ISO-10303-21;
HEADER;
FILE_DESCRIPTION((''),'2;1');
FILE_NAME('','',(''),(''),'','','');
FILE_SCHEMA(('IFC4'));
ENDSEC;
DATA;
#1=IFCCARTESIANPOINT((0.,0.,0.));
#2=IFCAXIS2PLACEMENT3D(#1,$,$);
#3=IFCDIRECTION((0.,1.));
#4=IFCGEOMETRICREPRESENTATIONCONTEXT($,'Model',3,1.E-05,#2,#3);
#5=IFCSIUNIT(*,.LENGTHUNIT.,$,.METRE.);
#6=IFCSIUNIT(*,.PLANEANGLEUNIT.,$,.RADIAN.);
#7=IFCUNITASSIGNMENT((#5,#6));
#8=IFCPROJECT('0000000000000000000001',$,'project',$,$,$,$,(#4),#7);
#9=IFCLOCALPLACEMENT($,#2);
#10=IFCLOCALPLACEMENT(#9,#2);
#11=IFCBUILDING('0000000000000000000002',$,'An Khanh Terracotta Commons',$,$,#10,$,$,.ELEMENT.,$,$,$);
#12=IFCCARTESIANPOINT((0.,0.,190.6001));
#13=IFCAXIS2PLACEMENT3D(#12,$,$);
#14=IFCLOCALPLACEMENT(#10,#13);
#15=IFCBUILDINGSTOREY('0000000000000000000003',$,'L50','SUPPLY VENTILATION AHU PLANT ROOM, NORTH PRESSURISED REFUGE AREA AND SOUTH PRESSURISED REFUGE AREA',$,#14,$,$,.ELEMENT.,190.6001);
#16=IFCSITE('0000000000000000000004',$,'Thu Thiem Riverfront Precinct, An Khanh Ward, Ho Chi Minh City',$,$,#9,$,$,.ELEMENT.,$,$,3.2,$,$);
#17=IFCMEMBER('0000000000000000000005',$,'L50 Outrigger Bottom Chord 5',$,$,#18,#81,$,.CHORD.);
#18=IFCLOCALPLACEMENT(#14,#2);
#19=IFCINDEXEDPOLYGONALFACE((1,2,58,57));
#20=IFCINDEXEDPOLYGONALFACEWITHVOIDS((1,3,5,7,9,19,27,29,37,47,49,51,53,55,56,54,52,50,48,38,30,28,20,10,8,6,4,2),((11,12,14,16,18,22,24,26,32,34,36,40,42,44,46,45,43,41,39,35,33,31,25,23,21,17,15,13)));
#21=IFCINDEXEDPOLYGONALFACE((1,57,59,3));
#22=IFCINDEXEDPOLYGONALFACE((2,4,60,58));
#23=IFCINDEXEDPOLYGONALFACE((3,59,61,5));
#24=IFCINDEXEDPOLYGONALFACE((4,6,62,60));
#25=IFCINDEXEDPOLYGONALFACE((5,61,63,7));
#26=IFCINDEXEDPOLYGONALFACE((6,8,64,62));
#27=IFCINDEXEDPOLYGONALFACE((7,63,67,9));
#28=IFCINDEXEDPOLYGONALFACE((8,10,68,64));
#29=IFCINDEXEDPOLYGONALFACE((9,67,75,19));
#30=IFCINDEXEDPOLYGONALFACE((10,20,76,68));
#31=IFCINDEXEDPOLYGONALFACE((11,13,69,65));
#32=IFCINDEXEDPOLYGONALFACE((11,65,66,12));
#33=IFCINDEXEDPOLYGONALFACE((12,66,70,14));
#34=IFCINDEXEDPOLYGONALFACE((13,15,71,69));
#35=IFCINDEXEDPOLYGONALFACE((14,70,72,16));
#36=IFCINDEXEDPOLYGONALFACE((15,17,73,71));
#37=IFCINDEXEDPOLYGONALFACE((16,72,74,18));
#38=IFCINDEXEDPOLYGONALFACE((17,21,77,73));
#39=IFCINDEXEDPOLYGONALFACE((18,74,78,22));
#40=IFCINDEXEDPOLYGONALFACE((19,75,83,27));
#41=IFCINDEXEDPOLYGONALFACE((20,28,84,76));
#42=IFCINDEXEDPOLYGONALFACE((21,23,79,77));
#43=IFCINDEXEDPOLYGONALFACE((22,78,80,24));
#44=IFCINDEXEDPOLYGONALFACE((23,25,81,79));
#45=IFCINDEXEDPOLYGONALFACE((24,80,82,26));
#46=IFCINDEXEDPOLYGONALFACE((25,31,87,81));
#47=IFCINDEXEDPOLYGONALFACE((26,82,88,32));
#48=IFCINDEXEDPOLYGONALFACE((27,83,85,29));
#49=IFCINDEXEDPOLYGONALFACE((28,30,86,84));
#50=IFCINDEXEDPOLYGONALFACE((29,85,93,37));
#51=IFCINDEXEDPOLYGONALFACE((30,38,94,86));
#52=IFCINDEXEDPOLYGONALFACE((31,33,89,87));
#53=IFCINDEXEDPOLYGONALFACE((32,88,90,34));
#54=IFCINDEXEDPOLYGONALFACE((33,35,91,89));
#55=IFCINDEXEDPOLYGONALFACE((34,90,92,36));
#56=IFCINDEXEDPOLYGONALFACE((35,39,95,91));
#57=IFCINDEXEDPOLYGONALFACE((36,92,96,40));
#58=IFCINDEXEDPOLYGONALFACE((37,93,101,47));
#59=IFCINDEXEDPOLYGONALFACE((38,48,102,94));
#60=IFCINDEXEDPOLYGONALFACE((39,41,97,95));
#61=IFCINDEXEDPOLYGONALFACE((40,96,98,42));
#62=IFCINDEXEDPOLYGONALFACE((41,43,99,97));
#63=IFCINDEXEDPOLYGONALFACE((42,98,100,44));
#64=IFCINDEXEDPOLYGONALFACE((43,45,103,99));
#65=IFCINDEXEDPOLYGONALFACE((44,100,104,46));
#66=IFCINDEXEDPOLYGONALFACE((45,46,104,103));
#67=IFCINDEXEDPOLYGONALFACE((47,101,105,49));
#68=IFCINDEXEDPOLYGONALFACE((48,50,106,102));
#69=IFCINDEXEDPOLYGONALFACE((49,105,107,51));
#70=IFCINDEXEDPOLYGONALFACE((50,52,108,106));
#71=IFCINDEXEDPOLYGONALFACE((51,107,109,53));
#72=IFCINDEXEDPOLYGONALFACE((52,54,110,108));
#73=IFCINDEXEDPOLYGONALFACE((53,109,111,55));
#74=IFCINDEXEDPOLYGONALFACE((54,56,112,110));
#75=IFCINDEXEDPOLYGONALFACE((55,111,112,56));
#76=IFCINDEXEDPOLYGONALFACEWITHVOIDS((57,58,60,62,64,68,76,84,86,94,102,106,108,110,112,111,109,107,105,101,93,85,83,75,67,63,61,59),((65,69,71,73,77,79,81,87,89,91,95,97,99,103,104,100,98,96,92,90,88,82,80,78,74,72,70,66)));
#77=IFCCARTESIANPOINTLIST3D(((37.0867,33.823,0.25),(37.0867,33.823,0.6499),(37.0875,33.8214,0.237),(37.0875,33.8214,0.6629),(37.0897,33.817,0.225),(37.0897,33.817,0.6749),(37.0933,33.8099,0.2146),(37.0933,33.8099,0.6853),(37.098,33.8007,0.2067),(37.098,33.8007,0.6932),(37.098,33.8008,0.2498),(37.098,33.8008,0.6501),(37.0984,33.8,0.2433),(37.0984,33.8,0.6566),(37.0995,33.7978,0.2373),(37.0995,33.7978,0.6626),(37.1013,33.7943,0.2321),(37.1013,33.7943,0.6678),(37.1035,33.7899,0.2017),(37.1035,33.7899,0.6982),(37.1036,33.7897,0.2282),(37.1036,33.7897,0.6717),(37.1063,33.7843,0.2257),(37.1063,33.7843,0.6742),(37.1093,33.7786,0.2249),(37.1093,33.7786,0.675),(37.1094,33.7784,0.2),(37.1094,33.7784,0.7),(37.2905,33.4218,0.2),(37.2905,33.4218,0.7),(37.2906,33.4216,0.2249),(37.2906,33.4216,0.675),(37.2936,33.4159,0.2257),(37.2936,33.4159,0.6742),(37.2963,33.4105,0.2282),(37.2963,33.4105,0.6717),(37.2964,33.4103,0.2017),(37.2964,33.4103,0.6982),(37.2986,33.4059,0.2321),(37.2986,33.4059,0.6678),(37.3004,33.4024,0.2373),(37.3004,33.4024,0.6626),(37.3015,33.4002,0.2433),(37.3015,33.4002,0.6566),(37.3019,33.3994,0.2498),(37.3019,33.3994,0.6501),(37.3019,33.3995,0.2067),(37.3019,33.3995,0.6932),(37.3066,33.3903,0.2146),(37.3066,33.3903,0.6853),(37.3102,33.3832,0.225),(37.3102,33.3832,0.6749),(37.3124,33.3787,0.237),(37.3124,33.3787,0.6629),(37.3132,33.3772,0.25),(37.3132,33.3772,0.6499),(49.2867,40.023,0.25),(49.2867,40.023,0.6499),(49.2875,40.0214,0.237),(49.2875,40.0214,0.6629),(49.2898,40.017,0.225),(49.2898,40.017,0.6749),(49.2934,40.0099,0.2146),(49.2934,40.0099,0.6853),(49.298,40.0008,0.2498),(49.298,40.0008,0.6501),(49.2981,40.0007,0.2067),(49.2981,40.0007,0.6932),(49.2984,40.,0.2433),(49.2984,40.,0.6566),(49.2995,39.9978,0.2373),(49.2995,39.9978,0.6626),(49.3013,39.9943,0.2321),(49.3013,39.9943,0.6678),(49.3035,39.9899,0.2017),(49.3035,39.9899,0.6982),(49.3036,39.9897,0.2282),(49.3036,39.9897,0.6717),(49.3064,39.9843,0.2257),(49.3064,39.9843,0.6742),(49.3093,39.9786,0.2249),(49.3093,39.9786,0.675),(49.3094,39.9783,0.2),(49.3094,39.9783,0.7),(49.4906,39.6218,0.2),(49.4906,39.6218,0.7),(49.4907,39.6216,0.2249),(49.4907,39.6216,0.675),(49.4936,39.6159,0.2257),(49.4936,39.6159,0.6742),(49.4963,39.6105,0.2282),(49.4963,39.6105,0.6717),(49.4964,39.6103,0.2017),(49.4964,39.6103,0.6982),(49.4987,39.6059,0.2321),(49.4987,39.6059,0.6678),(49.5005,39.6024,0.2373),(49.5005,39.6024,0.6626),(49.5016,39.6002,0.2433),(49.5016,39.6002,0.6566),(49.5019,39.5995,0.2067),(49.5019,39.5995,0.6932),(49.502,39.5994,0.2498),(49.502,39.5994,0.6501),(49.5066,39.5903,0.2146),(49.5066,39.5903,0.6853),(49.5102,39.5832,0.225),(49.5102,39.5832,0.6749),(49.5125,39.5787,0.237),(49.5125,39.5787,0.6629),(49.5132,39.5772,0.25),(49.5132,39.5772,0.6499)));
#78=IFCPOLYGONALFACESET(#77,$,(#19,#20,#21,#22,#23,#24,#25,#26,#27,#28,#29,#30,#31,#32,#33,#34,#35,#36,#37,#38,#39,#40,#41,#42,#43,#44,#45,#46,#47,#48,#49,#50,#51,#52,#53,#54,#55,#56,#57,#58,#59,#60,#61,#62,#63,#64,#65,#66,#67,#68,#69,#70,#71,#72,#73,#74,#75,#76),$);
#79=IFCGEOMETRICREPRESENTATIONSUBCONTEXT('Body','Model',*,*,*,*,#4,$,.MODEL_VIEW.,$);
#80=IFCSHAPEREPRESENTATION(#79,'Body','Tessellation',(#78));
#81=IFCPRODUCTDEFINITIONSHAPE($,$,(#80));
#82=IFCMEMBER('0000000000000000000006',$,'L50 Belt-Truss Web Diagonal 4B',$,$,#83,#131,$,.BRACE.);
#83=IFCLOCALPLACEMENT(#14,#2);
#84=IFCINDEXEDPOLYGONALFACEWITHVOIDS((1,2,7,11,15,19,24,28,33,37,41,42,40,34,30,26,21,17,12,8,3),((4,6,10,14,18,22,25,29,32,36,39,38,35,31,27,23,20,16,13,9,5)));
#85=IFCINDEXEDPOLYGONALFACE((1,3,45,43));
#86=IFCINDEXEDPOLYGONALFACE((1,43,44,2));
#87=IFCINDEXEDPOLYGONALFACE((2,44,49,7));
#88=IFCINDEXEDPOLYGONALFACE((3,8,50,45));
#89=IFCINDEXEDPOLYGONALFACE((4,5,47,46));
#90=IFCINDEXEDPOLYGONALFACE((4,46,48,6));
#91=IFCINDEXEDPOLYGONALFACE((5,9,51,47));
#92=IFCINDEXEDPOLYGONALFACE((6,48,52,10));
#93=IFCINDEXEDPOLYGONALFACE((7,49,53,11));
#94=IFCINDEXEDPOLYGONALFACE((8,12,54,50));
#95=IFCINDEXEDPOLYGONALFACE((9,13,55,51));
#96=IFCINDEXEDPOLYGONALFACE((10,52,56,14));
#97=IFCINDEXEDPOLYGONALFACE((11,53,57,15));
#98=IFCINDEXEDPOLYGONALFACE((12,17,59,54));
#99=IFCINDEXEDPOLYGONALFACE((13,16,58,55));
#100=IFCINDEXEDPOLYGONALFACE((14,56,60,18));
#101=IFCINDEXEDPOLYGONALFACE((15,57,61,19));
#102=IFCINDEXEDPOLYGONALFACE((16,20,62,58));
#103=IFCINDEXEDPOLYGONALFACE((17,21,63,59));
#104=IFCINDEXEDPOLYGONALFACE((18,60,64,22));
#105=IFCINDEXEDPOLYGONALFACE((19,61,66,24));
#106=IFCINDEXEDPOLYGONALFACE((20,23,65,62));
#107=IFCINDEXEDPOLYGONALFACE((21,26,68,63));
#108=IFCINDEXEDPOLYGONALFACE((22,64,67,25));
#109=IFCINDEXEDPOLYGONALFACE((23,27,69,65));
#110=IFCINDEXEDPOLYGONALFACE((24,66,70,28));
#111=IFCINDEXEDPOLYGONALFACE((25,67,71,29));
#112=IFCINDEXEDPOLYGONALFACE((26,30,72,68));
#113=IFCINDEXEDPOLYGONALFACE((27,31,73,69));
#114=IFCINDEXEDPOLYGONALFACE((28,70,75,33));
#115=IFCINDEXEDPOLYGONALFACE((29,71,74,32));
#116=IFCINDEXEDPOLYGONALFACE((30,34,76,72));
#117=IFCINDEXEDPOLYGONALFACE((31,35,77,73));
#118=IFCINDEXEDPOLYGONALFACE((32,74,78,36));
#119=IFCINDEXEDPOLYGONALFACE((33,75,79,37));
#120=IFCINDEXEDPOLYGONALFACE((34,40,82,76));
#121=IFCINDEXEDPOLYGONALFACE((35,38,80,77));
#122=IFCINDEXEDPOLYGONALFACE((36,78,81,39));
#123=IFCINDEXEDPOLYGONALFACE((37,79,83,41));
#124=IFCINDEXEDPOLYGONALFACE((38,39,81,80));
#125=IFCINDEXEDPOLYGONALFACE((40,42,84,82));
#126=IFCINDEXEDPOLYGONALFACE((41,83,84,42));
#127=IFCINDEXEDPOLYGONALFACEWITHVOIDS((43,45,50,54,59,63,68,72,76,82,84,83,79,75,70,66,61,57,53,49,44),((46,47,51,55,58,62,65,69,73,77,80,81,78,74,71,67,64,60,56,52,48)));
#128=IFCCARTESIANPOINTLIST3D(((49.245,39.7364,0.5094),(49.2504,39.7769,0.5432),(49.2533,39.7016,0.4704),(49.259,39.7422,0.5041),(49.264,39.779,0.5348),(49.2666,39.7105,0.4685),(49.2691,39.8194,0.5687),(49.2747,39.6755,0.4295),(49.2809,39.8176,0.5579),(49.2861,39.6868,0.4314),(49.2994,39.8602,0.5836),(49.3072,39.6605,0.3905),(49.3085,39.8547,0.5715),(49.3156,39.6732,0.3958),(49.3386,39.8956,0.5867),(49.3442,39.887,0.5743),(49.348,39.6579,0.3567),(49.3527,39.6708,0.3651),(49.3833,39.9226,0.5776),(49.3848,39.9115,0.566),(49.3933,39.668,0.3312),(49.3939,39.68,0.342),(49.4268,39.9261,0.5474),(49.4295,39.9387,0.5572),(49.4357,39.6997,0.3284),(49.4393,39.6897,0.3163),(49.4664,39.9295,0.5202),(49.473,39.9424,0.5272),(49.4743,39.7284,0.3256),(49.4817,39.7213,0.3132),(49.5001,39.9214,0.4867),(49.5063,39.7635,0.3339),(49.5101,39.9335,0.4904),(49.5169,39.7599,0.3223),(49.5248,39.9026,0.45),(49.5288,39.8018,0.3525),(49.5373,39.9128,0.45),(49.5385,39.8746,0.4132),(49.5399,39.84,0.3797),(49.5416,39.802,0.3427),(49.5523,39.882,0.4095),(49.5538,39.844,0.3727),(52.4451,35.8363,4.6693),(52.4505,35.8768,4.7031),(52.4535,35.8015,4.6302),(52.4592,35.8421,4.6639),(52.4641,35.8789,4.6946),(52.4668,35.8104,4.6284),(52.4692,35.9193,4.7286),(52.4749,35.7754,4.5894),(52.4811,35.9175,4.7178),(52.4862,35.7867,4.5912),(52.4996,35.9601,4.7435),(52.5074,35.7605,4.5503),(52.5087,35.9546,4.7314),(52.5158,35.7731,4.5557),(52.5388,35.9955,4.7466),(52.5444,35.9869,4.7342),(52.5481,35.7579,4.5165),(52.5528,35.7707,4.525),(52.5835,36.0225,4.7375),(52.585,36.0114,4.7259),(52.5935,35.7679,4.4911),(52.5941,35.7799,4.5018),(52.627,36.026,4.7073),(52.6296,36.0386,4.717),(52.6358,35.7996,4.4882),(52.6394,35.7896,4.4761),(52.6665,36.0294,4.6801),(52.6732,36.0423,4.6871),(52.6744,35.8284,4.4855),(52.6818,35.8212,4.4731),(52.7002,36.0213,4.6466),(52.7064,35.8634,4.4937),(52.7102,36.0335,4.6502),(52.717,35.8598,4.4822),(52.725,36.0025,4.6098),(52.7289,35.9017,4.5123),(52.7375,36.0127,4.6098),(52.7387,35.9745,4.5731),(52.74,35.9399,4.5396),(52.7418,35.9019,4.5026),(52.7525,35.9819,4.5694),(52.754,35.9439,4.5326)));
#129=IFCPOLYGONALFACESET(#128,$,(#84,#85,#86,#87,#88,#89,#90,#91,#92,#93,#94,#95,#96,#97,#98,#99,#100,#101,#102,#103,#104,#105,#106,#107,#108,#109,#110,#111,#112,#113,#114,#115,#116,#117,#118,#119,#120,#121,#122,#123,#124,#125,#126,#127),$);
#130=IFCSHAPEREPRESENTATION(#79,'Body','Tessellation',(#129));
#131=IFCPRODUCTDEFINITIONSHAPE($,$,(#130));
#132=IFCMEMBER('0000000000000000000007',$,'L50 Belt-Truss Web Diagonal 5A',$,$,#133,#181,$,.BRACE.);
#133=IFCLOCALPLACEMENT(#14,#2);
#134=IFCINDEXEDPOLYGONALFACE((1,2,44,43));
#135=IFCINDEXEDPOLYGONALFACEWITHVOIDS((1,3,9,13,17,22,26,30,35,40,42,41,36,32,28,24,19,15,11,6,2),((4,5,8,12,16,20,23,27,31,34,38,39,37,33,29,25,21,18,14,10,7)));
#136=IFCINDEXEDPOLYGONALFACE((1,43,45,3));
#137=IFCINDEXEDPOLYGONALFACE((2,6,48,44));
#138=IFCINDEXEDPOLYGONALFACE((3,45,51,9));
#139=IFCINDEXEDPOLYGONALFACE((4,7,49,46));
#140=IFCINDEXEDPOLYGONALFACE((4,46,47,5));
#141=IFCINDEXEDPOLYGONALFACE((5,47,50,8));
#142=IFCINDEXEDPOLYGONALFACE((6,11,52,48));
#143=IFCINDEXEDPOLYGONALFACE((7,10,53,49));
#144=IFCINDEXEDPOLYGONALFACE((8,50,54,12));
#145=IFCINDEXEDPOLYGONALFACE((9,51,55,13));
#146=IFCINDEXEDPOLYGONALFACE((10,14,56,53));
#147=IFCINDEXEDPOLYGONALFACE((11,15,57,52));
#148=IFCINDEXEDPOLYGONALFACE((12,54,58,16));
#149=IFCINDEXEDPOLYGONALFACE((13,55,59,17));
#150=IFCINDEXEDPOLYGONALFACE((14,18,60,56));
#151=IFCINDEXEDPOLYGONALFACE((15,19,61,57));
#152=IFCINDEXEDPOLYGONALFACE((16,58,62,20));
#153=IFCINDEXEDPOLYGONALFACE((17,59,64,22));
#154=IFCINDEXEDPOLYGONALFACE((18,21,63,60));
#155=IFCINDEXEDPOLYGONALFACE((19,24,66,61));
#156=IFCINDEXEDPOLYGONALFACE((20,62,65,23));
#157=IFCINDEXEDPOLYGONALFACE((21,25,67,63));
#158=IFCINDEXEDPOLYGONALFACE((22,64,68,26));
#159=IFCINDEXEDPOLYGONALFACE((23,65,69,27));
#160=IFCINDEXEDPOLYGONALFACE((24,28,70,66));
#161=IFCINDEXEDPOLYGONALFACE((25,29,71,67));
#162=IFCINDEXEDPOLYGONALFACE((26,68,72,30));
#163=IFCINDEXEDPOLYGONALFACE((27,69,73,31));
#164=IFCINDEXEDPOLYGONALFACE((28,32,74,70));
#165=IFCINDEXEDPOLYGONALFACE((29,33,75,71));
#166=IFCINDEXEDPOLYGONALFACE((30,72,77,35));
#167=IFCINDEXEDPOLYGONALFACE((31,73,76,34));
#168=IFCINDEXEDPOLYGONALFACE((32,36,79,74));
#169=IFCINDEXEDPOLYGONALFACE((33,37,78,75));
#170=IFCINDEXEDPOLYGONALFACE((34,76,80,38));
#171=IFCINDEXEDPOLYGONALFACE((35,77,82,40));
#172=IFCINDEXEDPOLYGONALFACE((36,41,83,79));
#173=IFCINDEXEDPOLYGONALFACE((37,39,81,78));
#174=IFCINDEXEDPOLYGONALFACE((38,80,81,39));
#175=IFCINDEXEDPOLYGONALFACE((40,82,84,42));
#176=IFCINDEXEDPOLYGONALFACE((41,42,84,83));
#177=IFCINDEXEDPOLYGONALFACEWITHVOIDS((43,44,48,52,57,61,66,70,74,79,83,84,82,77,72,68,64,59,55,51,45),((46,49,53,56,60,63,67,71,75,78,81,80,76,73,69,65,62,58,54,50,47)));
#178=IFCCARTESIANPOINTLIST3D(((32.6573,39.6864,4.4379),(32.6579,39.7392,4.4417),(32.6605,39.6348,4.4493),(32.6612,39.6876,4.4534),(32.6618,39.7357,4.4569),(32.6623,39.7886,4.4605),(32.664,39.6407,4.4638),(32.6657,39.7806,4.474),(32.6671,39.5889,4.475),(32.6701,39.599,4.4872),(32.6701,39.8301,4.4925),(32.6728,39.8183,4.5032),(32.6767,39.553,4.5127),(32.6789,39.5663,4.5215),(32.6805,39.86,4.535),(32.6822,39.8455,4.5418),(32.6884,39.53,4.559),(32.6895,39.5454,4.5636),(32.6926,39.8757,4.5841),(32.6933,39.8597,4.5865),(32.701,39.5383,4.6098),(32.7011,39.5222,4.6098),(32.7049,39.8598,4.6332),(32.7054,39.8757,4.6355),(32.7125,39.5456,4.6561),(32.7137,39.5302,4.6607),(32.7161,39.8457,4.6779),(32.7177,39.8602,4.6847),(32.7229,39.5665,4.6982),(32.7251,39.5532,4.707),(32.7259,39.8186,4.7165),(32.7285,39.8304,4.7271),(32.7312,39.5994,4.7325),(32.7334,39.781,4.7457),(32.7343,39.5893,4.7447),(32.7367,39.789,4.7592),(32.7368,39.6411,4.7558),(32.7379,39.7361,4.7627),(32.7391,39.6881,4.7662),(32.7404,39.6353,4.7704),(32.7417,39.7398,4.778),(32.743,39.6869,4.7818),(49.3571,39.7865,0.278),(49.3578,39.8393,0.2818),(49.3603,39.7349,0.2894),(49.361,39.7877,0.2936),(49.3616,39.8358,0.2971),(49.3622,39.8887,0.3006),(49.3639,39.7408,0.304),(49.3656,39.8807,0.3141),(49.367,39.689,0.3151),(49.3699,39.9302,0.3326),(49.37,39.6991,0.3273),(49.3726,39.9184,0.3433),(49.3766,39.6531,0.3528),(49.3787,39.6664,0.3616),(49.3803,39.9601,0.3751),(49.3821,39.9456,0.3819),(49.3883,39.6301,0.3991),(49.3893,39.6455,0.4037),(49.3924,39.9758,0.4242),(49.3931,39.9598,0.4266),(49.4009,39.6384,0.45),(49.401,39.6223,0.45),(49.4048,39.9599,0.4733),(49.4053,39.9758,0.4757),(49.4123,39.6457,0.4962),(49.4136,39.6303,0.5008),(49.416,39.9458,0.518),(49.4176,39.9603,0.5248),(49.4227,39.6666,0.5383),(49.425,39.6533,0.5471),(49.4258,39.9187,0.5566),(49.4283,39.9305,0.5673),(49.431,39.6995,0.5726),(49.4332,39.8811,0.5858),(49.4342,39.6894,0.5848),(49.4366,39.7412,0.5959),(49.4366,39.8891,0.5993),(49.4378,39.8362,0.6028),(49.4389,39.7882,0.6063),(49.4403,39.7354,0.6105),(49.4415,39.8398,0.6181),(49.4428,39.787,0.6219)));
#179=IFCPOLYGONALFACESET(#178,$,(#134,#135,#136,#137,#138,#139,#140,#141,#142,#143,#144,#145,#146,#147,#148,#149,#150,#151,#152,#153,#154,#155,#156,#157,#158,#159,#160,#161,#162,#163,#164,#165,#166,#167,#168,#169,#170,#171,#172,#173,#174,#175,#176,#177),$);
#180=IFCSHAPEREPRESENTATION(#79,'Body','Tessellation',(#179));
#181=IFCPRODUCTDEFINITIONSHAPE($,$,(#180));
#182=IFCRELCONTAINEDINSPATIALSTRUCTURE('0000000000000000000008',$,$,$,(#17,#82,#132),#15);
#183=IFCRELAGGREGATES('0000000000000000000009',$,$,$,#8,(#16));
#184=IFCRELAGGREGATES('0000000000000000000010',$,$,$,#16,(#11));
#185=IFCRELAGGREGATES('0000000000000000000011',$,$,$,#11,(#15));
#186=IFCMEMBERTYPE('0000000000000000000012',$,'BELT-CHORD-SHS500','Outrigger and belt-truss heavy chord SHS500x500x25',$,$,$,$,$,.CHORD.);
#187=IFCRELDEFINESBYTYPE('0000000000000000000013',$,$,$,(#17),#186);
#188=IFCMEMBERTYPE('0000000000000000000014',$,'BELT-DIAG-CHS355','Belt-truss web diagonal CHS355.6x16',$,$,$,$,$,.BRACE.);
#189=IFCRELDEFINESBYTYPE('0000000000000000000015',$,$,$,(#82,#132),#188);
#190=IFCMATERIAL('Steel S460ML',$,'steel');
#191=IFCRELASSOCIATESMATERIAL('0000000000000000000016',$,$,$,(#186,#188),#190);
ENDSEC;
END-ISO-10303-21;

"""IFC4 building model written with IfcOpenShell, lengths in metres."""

from ifc_helpers import new_model, si_unit, direction, frame, origin, origin_2d, place, context, subcontext, project, spatial, hollow_rectangle, hollow_circle, extrude, material, material_profile, profile_set, type_object, element, save


model = new_model("IFC4")

# Units and contexts
model_context = context("Model", 3, precision=1e-05, world=origin(), true_north=direction((0.0, 1.0)))
body_context = subcontext(model_context, "Body", "Model", "MODEL_VIEW")
ifc_project = project(units=[si_unit("LENGTHUNIT", "METRE"), si_unit("PLANEANGLEUNIT", "RADIAN")], contexts=[model_context])

# Site, building, storey
site_placement = place(None, origin())
site = spatial("IfcSite", under=ifc_project, at=site_placement, Name="Thu Thiem Riverfront Precinct, An Khanh Ward, Ho Chi Minh City", CompositionType="ELEMENT", RefElevation=3.2)
building_placement = place(site_placement, origin())
building = spatial("IfcBuilding", under=site, at=building_placement, Name="An Khanh Terracotta Commons", CompositionType="ELEMENT")
storey_placement = place(building_placement, frame((0.0, 0.0, 190.6001)))
storey = spatial("IfcBuildingStorey", under=building, at=storey_placement, Name="L50", Description="SUPPLY VENTILATION AHU PLANT ROOM, NORTH PRESSURISED REFUGE AREA AND SOUTH PRESSURISED REFUGE AREA", CompositionType="ELEMENT", Elevation=190.6001)

# Shared definitions
ifc_material_1 = material(Name="Steel S460ML", Category="steel")

# Members
ifc_material_profile_1 = material_profile(ifc_material_1, hollow_rectangle(XDim=0.5, YDim=0.5, WallThickness=0.0249, InnerFilletRadius=0.0249, OuterFilletRadius=0.05, at=origin_2d()), Name="SHS500x500x25")
ifc_profile_set_1 = profile_set([ifc_material_profile_1], Name="Steel S460ML")
member_type_1 = type_object("IfcMemberType", Name="BELT-CHORD-SHS500", Description="Outrigger and belt-truss heavy chord SHS500x500x25", PredefinedType="CHORD", material=ifc_profile_set_1)
member_1_placement = place(storey_placement, frame((37.2, 33.6001, 0.45), z_axis=(0.891486, 0.453048, 0.0), x_axis=(-0.453048, 0.891486, 0.0)))
element("IfcMember", 1, at=member_1_placement, inside=storey, type_object=member_type_1, Name="L50 Outrigger Bottom Chord 5", PredefinedType="CHORD", context=body_context, shape_type="SweptSolid", body=[
    extrude(hollow_rectangle(XDim=0.5, YDim=0.5, WallThickness=0.0249, InnerFilletRadius=0.0249, OuterFilletRadius=0.05, at=origin_2d()), origin(), (0.0, 0.0, 1.0), 13.6851),
])
ifc_material_profile_2 = material_profile(ifc_material_1, hollow_circle(Radius=0.1777, WallThickness=0.0161, at=origin_2d()), Name="CHS355.6x16")
ifc_profile_set_2 = profile_set([ifc_material_profile_2], Name="Steel S460ML")
member_type_2 = type_object("IfcMemberType", Name="BELT-DIAG-CHS355", Description="Belt-truss web diagonal CHS355.6x16", PredefinedType="BRACE", material=ifc_profile_set_2)
member_2_placement = place(storey_placement, frame((49.3999, 39.8, 0.45), z_axis=(0.489409, -0.596453, 0.636179), x_axis=(0.773066, 0.634326, 0.0)))
element("IfcMember", 2, at=member_2_placement, inside=storey, type_object=member_type_2, Name="L50 Belt-Truss Web Diagonal 4B", PredefinedType="BRACE", context=body_context, shape_type="SweptSolid", body=[
    extrude(hollow_circle(Radius=0.1777, WallThickness=0.0161, at=origin_2d()), origin(), (0.0, 0.0, 1.0), 6.5388),
])
member_3_placement = place(storey_placement, frame((49.3999, 39.8, 0.45), z_axis=(-0.970332, -0.005816, 0.241707), x_axis=(0.005994, -0.999982, 0.0)))
element("IfcMember", 3, at=member_3_placement, inside=storey, type_object=member_type_2, Name="L50 Belt-Truss Web Diagonal 5A", PredefinedType="BRACE", context=body_context, shape_type="SweptSolid", body=[
    extrude(hollow_circle(Radius=0.1777, WallThickness=0.0161, at=origin_2d()), origin(), (0.0, 0.0, 1.0), 17.2104),
])

save(model, "model.ifc")
